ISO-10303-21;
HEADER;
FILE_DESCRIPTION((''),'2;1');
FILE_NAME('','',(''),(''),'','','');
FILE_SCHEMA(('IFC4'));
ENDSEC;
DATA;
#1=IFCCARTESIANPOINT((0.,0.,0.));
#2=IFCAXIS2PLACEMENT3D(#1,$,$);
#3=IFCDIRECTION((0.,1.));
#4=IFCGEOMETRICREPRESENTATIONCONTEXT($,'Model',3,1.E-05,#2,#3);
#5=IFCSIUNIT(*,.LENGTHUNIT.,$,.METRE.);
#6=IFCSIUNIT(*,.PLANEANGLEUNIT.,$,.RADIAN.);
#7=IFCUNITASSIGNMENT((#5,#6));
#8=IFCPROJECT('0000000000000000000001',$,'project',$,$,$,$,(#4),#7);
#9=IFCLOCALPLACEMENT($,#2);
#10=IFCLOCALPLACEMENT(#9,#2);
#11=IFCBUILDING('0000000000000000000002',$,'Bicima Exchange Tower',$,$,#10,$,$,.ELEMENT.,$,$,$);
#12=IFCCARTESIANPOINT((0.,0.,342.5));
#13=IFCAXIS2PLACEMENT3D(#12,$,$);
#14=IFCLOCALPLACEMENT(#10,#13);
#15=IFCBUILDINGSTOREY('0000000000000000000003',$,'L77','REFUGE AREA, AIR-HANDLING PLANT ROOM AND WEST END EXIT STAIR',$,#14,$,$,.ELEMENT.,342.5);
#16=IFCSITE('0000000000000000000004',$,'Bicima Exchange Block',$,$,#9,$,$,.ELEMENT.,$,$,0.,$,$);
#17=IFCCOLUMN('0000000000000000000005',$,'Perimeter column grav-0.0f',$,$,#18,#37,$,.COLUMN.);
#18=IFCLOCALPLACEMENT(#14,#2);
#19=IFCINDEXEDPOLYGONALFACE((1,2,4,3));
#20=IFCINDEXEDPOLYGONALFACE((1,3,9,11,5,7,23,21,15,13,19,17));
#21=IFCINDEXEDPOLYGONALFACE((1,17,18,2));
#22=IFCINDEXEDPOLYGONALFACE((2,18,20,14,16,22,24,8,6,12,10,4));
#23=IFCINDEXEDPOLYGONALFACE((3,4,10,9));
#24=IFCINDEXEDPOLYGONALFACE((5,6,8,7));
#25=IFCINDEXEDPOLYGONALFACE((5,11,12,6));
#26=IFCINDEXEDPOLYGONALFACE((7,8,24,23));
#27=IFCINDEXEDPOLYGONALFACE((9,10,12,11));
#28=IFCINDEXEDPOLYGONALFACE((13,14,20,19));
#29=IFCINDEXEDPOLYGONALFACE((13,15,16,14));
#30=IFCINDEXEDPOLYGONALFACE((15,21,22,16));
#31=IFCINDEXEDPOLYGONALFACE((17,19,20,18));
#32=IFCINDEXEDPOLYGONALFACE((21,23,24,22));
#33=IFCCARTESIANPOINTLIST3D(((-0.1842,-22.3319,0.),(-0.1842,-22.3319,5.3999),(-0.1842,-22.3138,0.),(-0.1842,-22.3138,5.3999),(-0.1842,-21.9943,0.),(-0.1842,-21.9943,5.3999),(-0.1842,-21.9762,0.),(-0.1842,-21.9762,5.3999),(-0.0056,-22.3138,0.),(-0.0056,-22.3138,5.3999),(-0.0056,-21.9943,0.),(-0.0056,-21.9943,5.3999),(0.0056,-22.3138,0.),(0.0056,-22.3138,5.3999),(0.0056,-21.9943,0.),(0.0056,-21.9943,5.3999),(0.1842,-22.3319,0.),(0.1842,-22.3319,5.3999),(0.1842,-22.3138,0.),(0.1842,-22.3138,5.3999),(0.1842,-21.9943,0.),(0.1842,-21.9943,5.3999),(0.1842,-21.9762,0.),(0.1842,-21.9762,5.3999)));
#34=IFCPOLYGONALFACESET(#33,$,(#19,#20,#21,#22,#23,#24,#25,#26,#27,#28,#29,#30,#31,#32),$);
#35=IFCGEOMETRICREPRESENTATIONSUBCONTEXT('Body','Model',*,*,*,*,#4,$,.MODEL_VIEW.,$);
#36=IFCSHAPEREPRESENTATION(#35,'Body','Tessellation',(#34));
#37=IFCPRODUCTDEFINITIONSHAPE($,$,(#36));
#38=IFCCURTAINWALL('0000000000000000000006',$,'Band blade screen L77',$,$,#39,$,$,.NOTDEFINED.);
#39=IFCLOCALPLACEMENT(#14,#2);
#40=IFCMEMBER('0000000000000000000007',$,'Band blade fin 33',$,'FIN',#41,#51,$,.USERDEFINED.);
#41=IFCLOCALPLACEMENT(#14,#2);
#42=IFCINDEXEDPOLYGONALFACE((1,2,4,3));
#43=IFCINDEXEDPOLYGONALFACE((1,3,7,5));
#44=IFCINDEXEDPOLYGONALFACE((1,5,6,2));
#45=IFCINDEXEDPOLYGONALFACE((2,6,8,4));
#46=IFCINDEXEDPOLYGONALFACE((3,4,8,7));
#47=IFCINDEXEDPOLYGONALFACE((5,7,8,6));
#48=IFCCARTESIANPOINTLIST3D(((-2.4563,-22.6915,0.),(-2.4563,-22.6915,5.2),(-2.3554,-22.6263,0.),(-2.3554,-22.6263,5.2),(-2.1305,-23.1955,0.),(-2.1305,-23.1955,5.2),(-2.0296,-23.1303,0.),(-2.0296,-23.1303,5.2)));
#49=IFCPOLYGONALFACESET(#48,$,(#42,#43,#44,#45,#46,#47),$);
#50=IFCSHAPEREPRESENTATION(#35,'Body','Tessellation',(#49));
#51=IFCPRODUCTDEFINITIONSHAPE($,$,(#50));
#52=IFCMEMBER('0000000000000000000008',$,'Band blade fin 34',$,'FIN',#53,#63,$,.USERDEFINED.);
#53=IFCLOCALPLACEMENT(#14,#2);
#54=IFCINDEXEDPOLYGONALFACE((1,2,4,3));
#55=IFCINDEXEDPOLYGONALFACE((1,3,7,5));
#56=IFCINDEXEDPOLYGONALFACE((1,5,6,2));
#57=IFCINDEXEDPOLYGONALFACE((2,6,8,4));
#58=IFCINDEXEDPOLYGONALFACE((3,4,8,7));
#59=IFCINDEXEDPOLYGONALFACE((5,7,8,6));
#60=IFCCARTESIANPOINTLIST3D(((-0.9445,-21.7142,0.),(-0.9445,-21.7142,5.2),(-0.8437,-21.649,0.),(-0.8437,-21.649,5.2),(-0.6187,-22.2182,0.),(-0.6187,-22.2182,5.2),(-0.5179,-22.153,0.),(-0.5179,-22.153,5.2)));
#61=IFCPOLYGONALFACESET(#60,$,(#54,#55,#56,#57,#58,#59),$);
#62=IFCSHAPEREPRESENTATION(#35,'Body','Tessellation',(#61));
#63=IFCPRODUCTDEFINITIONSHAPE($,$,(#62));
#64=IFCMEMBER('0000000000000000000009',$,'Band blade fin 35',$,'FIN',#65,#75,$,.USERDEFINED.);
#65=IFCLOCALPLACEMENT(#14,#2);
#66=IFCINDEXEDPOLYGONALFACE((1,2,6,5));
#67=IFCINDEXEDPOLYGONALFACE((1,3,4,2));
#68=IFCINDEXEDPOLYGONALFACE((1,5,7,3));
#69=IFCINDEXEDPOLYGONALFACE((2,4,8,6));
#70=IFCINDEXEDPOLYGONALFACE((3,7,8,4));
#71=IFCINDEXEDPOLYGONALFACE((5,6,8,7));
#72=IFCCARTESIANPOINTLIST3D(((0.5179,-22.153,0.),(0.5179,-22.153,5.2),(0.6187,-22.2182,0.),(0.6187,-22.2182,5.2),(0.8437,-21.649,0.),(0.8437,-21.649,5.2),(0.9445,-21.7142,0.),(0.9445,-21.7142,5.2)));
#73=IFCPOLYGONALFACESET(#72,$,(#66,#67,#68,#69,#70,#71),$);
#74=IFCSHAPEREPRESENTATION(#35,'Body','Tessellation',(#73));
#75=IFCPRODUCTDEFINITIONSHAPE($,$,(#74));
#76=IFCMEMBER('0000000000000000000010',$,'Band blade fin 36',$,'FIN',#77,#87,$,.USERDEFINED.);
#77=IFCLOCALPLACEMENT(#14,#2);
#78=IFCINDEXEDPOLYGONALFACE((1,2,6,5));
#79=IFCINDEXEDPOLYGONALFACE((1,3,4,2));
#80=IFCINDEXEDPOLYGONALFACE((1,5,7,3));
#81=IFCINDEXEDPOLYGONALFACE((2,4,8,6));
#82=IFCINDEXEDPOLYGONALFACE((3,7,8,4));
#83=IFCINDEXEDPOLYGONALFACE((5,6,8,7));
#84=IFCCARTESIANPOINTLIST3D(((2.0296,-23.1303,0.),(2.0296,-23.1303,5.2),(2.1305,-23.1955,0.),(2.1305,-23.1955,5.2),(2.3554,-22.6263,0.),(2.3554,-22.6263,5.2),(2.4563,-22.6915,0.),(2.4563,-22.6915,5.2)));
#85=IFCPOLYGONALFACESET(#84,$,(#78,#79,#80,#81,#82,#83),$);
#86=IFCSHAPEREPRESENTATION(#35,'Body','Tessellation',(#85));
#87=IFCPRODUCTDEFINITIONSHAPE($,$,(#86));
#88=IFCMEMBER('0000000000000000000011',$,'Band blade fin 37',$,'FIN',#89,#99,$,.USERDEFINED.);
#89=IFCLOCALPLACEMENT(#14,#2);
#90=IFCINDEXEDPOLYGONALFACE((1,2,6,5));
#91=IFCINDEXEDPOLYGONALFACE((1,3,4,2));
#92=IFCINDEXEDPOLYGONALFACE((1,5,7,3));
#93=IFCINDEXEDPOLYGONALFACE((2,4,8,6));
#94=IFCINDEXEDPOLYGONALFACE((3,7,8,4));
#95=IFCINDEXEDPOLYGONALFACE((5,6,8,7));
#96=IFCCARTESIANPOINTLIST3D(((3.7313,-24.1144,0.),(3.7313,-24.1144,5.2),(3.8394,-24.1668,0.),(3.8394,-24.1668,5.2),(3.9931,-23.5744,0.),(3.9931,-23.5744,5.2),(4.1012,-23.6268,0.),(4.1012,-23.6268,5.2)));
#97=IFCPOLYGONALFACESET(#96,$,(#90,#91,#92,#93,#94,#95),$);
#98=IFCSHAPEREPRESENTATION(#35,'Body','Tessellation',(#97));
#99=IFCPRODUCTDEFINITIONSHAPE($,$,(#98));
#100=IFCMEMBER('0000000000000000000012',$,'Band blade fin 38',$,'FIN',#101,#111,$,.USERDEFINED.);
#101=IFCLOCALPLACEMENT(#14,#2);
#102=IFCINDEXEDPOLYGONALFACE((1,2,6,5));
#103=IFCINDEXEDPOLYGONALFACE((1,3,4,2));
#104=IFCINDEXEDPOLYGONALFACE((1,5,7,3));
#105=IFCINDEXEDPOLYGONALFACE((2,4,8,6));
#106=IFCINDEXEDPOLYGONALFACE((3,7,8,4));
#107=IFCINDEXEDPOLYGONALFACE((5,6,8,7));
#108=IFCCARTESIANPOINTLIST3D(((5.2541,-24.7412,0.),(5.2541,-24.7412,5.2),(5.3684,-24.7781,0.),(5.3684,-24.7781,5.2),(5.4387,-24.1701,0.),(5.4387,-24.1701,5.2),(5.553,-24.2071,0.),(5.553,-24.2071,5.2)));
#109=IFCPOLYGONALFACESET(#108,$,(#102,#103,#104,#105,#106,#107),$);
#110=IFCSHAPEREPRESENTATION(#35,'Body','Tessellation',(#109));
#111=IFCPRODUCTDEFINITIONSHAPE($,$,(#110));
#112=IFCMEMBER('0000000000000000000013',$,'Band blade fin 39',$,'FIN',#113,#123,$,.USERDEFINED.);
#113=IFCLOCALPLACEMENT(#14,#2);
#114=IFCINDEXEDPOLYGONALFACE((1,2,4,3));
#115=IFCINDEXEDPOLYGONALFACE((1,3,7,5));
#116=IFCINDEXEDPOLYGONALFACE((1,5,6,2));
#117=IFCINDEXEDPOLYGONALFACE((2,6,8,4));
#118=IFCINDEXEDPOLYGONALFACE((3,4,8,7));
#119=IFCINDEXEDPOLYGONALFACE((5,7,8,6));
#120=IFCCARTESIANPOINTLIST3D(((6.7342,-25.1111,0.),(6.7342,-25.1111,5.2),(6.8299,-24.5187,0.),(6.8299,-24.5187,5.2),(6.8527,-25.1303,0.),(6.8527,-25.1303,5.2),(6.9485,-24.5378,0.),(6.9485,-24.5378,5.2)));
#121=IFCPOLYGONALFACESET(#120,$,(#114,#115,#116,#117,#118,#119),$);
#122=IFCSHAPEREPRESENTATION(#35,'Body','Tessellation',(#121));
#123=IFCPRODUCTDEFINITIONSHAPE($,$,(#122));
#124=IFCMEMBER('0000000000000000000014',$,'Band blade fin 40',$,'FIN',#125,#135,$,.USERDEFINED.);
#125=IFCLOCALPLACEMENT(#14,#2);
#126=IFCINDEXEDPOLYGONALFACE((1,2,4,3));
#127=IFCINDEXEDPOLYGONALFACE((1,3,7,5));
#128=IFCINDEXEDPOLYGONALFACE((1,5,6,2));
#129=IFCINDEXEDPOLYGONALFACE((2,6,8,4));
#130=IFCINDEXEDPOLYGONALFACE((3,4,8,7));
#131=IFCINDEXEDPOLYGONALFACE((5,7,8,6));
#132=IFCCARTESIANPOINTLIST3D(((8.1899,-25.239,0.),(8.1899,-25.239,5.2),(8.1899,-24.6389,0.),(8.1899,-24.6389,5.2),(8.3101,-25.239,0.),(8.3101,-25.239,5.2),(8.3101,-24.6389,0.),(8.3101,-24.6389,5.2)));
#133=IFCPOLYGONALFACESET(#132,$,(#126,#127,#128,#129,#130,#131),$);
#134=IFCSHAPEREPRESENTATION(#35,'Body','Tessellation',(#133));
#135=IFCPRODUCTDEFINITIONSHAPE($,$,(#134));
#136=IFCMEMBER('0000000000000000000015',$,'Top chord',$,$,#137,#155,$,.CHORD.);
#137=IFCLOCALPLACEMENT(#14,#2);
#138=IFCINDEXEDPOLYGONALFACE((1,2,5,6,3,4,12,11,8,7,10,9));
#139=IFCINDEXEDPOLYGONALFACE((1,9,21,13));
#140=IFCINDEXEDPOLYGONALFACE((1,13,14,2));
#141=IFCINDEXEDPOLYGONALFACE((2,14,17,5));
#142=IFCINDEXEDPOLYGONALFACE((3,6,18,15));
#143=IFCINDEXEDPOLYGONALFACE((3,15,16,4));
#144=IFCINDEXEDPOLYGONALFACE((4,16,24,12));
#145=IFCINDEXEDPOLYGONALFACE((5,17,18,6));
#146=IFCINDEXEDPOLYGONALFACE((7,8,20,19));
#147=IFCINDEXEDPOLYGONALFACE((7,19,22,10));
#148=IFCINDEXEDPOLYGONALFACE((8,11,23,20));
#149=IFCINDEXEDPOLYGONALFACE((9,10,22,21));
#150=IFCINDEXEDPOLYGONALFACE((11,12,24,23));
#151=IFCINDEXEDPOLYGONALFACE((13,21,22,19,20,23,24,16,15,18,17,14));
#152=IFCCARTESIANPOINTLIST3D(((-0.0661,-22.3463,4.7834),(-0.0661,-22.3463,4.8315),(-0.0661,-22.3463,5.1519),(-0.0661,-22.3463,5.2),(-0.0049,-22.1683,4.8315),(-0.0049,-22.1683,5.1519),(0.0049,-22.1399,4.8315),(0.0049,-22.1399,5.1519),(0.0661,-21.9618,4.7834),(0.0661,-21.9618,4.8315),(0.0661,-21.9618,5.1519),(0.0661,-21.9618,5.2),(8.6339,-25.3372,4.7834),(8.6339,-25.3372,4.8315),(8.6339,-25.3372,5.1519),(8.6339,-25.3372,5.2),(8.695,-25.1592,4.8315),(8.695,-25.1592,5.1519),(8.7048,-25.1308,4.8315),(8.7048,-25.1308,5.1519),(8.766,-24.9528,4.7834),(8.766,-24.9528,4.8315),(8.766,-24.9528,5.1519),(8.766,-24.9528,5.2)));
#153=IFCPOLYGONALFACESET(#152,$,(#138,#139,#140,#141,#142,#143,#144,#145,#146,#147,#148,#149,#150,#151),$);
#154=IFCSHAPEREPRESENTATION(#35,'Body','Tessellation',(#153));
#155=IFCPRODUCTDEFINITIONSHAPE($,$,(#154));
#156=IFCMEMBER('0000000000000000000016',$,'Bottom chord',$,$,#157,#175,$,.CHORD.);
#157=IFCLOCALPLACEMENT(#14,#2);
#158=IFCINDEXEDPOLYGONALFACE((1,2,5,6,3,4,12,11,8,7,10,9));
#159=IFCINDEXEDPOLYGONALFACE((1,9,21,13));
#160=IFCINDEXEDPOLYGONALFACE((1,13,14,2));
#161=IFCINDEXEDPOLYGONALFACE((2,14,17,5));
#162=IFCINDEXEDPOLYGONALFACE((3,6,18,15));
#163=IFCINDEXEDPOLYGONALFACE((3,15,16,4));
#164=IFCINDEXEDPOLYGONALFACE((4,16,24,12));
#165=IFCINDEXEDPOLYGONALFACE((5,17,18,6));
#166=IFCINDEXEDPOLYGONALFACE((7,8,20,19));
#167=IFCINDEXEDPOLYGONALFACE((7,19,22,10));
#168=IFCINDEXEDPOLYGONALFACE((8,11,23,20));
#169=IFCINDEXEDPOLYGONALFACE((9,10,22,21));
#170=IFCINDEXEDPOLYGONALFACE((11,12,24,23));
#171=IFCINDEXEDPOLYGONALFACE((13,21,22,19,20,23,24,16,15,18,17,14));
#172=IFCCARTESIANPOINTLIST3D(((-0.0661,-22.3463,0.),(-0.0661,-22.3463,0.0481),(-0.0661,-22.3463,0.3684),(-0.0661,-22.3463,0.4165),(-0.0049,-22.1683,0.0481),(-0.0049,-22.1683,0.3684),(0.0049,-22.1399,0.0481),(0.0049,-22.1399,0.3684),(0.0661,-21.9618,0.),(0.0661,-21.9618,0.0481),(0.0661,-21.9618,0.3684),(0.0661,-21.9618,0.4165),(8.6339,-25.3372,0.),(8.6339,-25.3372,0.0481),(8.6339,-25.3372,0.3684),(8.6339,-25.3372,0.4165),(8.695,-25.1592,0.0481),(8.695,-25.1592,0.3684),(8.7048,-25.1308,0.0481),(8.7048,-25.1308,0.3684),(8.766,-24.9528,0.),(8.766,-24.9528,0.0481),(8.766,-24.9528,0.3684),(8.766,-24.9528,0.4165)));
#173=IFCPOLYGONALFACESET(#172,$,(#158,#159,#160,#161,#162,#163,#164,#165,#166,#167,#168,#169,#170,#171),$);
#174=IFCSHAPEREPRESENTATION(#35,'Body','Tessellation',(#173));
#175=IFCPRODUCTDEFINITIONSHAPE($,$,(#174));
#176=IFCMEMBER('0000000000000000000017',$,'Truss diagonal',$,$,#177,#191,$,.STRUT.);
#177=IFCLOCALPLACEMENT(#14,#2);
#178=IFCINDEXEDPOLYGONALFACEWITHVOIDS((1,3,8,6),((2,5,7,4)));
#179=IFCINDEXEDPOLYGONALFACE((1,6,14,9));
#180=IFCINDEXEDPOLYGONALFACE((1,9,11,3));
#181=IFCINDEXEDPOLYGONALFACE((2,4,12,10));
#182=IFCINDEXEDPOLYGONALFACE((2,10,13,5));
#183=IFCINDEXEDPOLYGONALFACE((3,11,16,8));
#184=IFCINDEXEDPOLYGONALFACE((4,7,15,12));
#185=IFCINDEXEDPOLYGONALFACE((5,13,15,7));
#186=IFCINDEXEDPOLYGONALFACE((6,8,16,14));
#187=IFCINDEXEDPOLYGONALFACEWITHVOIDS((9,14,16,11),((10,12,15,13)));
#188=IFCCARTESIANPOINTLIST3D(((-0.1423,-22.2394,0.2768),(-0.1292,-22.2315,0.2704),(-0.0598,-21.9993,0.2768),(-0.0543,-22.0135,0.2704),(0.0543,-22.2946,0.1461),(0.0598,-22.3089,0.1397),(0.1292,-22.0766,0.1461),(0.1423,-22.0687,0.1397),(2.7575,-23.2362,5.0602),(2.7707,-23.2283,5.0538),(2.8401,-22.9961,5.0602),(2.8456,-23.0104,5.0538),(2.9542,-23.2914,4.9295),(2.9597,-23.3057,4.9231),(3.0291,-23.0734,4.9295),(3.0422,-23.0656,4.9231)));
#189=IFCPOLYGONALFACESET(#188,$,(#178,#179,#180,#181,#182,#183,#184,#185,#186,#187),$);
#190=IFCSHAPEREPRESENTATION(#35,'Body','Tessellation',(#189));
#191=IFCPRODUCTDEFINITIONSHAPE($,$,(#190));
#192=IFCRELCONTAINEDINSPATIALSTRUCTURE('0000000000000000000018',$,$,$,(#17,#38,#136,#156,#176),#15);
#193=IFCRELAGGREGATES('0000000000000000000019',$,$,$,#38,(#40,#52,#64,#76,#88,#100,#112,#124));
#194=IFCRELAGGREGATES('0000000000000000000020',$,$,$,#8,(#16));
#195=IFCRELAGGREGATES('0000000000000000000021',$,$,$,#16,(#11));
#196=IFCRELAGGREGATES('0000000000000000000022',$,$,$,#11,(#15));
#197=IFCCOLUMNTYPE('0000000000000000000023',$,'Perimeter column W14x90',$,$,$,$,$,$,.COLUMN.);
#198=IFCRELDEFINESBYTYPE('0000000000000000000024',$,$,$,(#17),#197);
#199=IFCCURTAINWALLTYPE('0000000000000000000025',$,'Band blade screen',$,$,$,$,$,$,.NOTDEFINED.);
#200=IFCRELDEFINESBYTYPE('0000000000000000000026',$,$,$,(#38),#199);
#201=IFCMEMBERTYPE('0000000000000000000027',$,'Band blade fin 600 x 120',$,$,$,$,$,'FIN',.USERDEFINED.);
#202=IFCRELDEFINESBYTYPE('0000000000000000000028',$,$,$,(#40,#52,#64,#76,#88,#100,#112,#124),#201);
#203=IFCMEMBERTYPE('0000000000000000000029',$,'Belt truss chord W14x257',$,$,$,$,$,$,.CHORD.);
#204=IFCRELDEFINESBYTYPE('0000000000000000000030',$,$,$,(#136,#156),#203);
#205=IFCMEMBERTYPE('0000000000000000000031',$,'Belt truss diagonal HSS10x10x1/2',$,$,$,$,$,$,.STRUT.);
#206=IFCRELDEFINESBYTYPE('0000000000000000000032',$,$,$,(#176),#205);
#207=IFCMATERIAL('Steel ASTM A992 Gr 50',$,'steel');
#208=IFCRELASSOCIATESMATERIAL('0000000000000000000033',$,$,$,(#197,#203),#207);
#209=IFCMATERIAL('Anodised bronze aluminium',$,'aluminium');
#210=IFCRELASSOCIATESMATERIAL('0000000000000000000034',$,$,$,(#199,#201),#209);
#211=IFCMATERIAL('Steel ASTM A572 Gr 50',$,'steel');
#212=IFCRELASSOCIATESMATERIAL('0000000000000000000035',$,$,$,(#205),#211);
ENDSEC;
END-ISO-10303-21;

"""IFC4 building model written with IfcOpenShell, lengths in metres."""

from ifc_helpers import new_model, si_unit, direction, frame, origin, origin_2d, place, context, subcontext, project, spatial, rectangle, hollow_rectangle, i_section, extrude, material, material_profile, profile_set, type_object, element, aggregate, save


model = new_model("IFC4")

# Units and contexts
model_context = context("Model", 3, precision=1e-05, world=origin(), true_north=direction((0.0, 1.0)))
body_context = subcontext(model_context, "Body", "Model", "MODEL_VIEW")
ifc_project = project(units=[si_unit("LENGTHUNIT", "METRE"), si_unit("PLANEANGLEUNIT", "RADIAN")], contexts=[model_context])

# Site, building, storey
site_placement = place(None, origin())
site = spatial("IfcSite", under=ifc_project, at=site_placement, Name="Bicima Exchange Block", CompositionType="ELEMENT", RefElevation=0.0)
building_placement = place(site_placement, origin())
building = spatial("IfcBuilding", under=site, at=building_placement, Name="Bicima Exchange Tower", CompositionType="ELEMENT")
storey_placement = place(building_placement, frame((0.0, 0.0, 342.5)))
storey = spatial("IfcBuildingStorey", under=building, at=storey_placement, Name="L77", Description="REFUGE AREA, AIR-HANDLING PLANT ROOM AND WEST END EXIT STAIR", CompositionType="ELEMENT", Elevation=342.5)

# Column
ifc_material_1 = material(Name="Steel ASTM A992 Gr 50", Category="steel")
ifc_material_profile_1 = material_profile(ifc_material_1, i_section(OverallWidth=0.3684, OverallDepth=0.3557, WebThickness=0.0112, FlangeThickness=0.0181, at=origin_2d()))
ifc_profile_set_1 = profile_set([ifc_material_profile_1], Name="Steel ASTM A992 Gr 50")
column_type = type_object("IfcColumnType", Name="Perimeter column W14x90", PredefinedType="COLUMN", material=ifc_profile_set_1)
column_placement = place(storey_placement, frame((0.0, -22.1541, 0.0), z_axis=(0.0, 0.0, 1.0), x_axis=(1.0, 0.0, 0.0)))
element("IfcColumn", 1, at=column_placement, inside=storey, type_object=column_type, Name="Perimeter column grav-0.0f", PredefinedType="COLUMN", context=body_context, shape_type="SweptSolid", body=[
    extrude(i_section(OverallWidth=0.3684, OverallDepth=0.3557, WebThickness=0.0112, FlangeThickness=0.0181, at=origin_2d()), origin(), (0.0, 0.0, 1.0), 5.3999),
])

# Curtain wall, members
ifc_material_2 = material(Name="Anodised bronze aluminium", Category="aluminium")
curtain_wall_type = type_object("IfcCurtainWallType", Name="Band blade screen", PredefinedType="NOTDEFINED", material=ifc_material_2)
curtain_wall_placement = place(storey_placement, origin())
curtain_wall = element("IfcCurtainWall", 2, at=curtain_wall_placement, inside=storey, type_object=curtain_wall_type, Name="Band blade screen L77", PredefinedType="NOTDEFINED")
ifc_material_profile_2 = material_profile(ifc_material_2, rectangle(XDim=0.6001, YDim=0.1201, at=origin_2d()))
ifc_profile_set_2 = profile_set([ifc_material_profile_2], Name="Anodised bronze aluminium")
member_type_1 = type_object("IfcMemberType", Name="Band blade fin 600 x 120", ElementType="FIN", PredefinedType="USERDEFINED", material=ifc_profile_set_2)
member_1_placement = place(storey_placement, frame((-2.2429, -22.9109, 0.0), z_axis=(0.0, 0.0, 1.0), x_axis=(-0.542909, 0.839791, 0.0)))
member_1 = element("IfcMember", 3, at=member_1_placement, type_object=member_type_1, Name="Band blade fin 33", ObjectType="FIN", PredefinedType="USERDEFINED", context=body_context, shape_type="SweptSolid", body=[
    extrude(rectangle(XDim=0.6001, YDim=0.1201, at=origin_2d()), origin(), (0.0, 0.0, 1.0), 5.2),
])
member_2_placement = place(storey_placement, frame((-0.7312, -21.9336, 0.0), z_axis=(0.0, 0.0, 1.0), x_axis=(-0.542909, 0.839791, 0.0)))
member_2 = element("IfcMember", 4, at=member_2_placement, type_object=member_type_1, Name="Band blade fin 34", ObjectType="FIN", PredefinedType="USERDEFINED", context=body_context, shape_type="SweptSolid", body=[
    extrude(rectangle(XDim=0.6001, YDim=0.1201, at=origin_2d()), origin(), (0.0, 0.0, 1.0), 5.2),
])
member_3_placement = place(storey_placement, frame((0.7312, -21.9336, 0.0), z_axis=(0.0, 0.0, 1.0), x_axis=(0.542909, 0.839791, 0.0)))
member_3 = element("IfcMember", 5, at=member_3_placement, type_object=member_type_1, Name="Band blade fin 35", ObjectType="FIN", PredefinedType="USERDEFINED", context=body_context, shape_type="SweptSolid", body=[
    extrude(rectangle(XDim=0.6001, YDim=0.1201, at=origin_2d()), origin(), (0.0, 0.0, 1.0), 5.2),
])
member_4_placement = place(storey_placement, frame((2.2429, -22.9109, 0.0), z_axis=(0.0, 0.0, 1.0), x_axis=(0.542909, 0.839791, 0.0)))
member_4 = element("IfcMember", 6, at=member_4_placement, type_object=member_type_1, Name="Band blade fin 36", ObjectType="FIN", PredefinedType="USERDEFINED", context=body_context, shape_type="SweptSolid", body=[
    extrude(rectangle(XDim=0.6001, YDim=0.1201, at=origin_2d()), origin(), (0.0, 0.0, 1.0), 5.2),
])
member_5_placement = place(storey_placement, frame((3.9163, -23.8706, 0.0), z_axis=(0.0, 0.0, 1.0), x_axis=(0.436287, 0.899808, 0.0)))
member_5 = element("IfcMember", 7, at=member_5_placement, type_object=member_type_1, Name="Band blade fin 37", ObjectType="FIN", PredefinedType="USERDEFINED", context=body_context, shape_type="SweptSolid", body=[
    extrude(rectangle(XDim=0.6001, YDim=0.1201, at=origin_2d()), origin(), (0.0, 0.0, 1.0), 5.2),
])
member_6_placement = place(storey_placement, frame((5.4036, -24.4741, 0.0), z_axis=(0.0, 0.0, 1.0), x_axis=(0.307553, 0.951531, 0.0)))
member_6 = element("IfcMember", 8, at=member_6_placement, type_object=member_type_1, Name="Band blade fin 38", ObjectType="FIN", PredefinedType="USERDEFINED", context=body_context, shape_type="SweptSolid", body=[
    extrude(rectangle(XDim=0.6001, YDim=0.1201, at=origin_2d()), origin(), (0.0, 0.0, 1.0), 5.2),
])
member_7_placement = place(storey_placement, frame((6.8413, -24.8245, 0.0), z_axis=(0.0, 0.0, 1.0), x_axis=(0.159533, 0.987193, 0.0)))
member_7 = element("IfcMember", 9, at=member_7_placement, type_object=member_type_1, Name="Band blade fin 39", ObjectType="FIN", PredefinedType="USERDEFINED", context=body_context, shape_type="SweptSolid", body=[
    extrude(rectangle(XDim=0.6001, YDim=0.1201, at=origin_2d()), origin(), (0.0, 0.0, 1.0), 5.2),
])
member_8_placement = place(storey_placement, frame((8.25, -24.939, 0.0), z_axis=(0.0, 0.0, 1.0), x_axis=(0.0, 1.0, 0.0)))
member_8 = element("IfcMember", 10, at=member_8_placement, type_object=member_type_1, Name="Band blade fin 40", ObjectType="FIN", PredefinedType="USERDEFINED", context=body_context, shape_type="SweptSolid", body=[
    extrude(rectangle(XDim=0.6001, YDim=0.1201, at=origin_2d()), origin(), (0.0, 0.0, 1.0), 5.2),
])
aggregate(curtain_wall, [member_1, member_2, member_3, member_4, member_5, member_6, member_7, member_8])

# Members
ifc_material_profile_3 = material_profile(ifc_material_1, i_section(OverallWidth=0.4065, OverallDepth=0.4165, WebThickness=0.03, FlangeThickness=0.0481, at=origin_2d()))
ifc_profile_set_3 = profile_set([ifc_material_profile_3], Name="Steel ASTM A992 Gr 50")
member_type_2 = type_object("IfcMemberType", Name="Belt truss chord W14x257", PredefinedType="CHORD", material=ifc_profile_set_3)
for number, where, z_axis, x_axis, name in (
    (11, (0.0, -22.1541, 4.9917), (0.945675, -0.325115, 0.0), (0.325115, 0.945675, 0.0), "Top chord"),
    (12, (0.0, -22.1541, 0.2083), (0.945675, -0.325115, 0.0), (0.325115, 0.945675, 0.0), "Bottom chord"),
):
    element("IfcMember", number, at=place(storey_placement, frame(where, z_axis=z_axis, x_axis=x_axis)), inside=storey, type_object=member_type_2, Name=name, PredefinedType="CHORD", context=body_context, shape_type="SweptSolid", body=[
        extrude(i_section(OverallWidth=0.4065, OverallDepth=0.4165, WebThickness=0.03, FlangeThickness=0.0481, at=origin_2d()), origin(), (0.0, 0.0, 1.0), 9.1997),
    ])
ifc_material_3 = material(Name="Steel ASTM A572 Gr 50", Category="steel")
ifc_material_profile_4 = material_profile(ifc_material_3, hollow_rectangle(XDim=0.2539, YDim=0.2539, WallThickness=0.0117, at=origin_2d()))
ifc_profile_set_4 = profile_set([ifc_material_profile_4], Name="Steel ASTM A572 Gr 50")
member_type_3 = type_object("IfcMemberType", Name="Belt truss diagonal HSS10x10x1/2", PredefinedType="STRUT", material=ifc_profile_set_4)
member_9_placement = place(storey_placement, frame((0.0, -22.1541, 0.2083), z_axis=(0.510372, -0.175438, 0.841868), x_axis=(0.325075, 0.945688, 0.0)))
element("IfcMember", 13, at=member_9_placement, inside=storey, type_object=member_type_3, Name="Truss diagonal", PredefinedType="STRUT", context=body_context, shape_type="SweptSolid", body=[
    extrude(hollow_rectangle(XDim=0.2539, YDim=0.2539, WallThickness=0.0117, at=origin_2d()), origin(), (0.0, 0.0, 1.0), 5.6819),
])

save(model, "model.ifc")
